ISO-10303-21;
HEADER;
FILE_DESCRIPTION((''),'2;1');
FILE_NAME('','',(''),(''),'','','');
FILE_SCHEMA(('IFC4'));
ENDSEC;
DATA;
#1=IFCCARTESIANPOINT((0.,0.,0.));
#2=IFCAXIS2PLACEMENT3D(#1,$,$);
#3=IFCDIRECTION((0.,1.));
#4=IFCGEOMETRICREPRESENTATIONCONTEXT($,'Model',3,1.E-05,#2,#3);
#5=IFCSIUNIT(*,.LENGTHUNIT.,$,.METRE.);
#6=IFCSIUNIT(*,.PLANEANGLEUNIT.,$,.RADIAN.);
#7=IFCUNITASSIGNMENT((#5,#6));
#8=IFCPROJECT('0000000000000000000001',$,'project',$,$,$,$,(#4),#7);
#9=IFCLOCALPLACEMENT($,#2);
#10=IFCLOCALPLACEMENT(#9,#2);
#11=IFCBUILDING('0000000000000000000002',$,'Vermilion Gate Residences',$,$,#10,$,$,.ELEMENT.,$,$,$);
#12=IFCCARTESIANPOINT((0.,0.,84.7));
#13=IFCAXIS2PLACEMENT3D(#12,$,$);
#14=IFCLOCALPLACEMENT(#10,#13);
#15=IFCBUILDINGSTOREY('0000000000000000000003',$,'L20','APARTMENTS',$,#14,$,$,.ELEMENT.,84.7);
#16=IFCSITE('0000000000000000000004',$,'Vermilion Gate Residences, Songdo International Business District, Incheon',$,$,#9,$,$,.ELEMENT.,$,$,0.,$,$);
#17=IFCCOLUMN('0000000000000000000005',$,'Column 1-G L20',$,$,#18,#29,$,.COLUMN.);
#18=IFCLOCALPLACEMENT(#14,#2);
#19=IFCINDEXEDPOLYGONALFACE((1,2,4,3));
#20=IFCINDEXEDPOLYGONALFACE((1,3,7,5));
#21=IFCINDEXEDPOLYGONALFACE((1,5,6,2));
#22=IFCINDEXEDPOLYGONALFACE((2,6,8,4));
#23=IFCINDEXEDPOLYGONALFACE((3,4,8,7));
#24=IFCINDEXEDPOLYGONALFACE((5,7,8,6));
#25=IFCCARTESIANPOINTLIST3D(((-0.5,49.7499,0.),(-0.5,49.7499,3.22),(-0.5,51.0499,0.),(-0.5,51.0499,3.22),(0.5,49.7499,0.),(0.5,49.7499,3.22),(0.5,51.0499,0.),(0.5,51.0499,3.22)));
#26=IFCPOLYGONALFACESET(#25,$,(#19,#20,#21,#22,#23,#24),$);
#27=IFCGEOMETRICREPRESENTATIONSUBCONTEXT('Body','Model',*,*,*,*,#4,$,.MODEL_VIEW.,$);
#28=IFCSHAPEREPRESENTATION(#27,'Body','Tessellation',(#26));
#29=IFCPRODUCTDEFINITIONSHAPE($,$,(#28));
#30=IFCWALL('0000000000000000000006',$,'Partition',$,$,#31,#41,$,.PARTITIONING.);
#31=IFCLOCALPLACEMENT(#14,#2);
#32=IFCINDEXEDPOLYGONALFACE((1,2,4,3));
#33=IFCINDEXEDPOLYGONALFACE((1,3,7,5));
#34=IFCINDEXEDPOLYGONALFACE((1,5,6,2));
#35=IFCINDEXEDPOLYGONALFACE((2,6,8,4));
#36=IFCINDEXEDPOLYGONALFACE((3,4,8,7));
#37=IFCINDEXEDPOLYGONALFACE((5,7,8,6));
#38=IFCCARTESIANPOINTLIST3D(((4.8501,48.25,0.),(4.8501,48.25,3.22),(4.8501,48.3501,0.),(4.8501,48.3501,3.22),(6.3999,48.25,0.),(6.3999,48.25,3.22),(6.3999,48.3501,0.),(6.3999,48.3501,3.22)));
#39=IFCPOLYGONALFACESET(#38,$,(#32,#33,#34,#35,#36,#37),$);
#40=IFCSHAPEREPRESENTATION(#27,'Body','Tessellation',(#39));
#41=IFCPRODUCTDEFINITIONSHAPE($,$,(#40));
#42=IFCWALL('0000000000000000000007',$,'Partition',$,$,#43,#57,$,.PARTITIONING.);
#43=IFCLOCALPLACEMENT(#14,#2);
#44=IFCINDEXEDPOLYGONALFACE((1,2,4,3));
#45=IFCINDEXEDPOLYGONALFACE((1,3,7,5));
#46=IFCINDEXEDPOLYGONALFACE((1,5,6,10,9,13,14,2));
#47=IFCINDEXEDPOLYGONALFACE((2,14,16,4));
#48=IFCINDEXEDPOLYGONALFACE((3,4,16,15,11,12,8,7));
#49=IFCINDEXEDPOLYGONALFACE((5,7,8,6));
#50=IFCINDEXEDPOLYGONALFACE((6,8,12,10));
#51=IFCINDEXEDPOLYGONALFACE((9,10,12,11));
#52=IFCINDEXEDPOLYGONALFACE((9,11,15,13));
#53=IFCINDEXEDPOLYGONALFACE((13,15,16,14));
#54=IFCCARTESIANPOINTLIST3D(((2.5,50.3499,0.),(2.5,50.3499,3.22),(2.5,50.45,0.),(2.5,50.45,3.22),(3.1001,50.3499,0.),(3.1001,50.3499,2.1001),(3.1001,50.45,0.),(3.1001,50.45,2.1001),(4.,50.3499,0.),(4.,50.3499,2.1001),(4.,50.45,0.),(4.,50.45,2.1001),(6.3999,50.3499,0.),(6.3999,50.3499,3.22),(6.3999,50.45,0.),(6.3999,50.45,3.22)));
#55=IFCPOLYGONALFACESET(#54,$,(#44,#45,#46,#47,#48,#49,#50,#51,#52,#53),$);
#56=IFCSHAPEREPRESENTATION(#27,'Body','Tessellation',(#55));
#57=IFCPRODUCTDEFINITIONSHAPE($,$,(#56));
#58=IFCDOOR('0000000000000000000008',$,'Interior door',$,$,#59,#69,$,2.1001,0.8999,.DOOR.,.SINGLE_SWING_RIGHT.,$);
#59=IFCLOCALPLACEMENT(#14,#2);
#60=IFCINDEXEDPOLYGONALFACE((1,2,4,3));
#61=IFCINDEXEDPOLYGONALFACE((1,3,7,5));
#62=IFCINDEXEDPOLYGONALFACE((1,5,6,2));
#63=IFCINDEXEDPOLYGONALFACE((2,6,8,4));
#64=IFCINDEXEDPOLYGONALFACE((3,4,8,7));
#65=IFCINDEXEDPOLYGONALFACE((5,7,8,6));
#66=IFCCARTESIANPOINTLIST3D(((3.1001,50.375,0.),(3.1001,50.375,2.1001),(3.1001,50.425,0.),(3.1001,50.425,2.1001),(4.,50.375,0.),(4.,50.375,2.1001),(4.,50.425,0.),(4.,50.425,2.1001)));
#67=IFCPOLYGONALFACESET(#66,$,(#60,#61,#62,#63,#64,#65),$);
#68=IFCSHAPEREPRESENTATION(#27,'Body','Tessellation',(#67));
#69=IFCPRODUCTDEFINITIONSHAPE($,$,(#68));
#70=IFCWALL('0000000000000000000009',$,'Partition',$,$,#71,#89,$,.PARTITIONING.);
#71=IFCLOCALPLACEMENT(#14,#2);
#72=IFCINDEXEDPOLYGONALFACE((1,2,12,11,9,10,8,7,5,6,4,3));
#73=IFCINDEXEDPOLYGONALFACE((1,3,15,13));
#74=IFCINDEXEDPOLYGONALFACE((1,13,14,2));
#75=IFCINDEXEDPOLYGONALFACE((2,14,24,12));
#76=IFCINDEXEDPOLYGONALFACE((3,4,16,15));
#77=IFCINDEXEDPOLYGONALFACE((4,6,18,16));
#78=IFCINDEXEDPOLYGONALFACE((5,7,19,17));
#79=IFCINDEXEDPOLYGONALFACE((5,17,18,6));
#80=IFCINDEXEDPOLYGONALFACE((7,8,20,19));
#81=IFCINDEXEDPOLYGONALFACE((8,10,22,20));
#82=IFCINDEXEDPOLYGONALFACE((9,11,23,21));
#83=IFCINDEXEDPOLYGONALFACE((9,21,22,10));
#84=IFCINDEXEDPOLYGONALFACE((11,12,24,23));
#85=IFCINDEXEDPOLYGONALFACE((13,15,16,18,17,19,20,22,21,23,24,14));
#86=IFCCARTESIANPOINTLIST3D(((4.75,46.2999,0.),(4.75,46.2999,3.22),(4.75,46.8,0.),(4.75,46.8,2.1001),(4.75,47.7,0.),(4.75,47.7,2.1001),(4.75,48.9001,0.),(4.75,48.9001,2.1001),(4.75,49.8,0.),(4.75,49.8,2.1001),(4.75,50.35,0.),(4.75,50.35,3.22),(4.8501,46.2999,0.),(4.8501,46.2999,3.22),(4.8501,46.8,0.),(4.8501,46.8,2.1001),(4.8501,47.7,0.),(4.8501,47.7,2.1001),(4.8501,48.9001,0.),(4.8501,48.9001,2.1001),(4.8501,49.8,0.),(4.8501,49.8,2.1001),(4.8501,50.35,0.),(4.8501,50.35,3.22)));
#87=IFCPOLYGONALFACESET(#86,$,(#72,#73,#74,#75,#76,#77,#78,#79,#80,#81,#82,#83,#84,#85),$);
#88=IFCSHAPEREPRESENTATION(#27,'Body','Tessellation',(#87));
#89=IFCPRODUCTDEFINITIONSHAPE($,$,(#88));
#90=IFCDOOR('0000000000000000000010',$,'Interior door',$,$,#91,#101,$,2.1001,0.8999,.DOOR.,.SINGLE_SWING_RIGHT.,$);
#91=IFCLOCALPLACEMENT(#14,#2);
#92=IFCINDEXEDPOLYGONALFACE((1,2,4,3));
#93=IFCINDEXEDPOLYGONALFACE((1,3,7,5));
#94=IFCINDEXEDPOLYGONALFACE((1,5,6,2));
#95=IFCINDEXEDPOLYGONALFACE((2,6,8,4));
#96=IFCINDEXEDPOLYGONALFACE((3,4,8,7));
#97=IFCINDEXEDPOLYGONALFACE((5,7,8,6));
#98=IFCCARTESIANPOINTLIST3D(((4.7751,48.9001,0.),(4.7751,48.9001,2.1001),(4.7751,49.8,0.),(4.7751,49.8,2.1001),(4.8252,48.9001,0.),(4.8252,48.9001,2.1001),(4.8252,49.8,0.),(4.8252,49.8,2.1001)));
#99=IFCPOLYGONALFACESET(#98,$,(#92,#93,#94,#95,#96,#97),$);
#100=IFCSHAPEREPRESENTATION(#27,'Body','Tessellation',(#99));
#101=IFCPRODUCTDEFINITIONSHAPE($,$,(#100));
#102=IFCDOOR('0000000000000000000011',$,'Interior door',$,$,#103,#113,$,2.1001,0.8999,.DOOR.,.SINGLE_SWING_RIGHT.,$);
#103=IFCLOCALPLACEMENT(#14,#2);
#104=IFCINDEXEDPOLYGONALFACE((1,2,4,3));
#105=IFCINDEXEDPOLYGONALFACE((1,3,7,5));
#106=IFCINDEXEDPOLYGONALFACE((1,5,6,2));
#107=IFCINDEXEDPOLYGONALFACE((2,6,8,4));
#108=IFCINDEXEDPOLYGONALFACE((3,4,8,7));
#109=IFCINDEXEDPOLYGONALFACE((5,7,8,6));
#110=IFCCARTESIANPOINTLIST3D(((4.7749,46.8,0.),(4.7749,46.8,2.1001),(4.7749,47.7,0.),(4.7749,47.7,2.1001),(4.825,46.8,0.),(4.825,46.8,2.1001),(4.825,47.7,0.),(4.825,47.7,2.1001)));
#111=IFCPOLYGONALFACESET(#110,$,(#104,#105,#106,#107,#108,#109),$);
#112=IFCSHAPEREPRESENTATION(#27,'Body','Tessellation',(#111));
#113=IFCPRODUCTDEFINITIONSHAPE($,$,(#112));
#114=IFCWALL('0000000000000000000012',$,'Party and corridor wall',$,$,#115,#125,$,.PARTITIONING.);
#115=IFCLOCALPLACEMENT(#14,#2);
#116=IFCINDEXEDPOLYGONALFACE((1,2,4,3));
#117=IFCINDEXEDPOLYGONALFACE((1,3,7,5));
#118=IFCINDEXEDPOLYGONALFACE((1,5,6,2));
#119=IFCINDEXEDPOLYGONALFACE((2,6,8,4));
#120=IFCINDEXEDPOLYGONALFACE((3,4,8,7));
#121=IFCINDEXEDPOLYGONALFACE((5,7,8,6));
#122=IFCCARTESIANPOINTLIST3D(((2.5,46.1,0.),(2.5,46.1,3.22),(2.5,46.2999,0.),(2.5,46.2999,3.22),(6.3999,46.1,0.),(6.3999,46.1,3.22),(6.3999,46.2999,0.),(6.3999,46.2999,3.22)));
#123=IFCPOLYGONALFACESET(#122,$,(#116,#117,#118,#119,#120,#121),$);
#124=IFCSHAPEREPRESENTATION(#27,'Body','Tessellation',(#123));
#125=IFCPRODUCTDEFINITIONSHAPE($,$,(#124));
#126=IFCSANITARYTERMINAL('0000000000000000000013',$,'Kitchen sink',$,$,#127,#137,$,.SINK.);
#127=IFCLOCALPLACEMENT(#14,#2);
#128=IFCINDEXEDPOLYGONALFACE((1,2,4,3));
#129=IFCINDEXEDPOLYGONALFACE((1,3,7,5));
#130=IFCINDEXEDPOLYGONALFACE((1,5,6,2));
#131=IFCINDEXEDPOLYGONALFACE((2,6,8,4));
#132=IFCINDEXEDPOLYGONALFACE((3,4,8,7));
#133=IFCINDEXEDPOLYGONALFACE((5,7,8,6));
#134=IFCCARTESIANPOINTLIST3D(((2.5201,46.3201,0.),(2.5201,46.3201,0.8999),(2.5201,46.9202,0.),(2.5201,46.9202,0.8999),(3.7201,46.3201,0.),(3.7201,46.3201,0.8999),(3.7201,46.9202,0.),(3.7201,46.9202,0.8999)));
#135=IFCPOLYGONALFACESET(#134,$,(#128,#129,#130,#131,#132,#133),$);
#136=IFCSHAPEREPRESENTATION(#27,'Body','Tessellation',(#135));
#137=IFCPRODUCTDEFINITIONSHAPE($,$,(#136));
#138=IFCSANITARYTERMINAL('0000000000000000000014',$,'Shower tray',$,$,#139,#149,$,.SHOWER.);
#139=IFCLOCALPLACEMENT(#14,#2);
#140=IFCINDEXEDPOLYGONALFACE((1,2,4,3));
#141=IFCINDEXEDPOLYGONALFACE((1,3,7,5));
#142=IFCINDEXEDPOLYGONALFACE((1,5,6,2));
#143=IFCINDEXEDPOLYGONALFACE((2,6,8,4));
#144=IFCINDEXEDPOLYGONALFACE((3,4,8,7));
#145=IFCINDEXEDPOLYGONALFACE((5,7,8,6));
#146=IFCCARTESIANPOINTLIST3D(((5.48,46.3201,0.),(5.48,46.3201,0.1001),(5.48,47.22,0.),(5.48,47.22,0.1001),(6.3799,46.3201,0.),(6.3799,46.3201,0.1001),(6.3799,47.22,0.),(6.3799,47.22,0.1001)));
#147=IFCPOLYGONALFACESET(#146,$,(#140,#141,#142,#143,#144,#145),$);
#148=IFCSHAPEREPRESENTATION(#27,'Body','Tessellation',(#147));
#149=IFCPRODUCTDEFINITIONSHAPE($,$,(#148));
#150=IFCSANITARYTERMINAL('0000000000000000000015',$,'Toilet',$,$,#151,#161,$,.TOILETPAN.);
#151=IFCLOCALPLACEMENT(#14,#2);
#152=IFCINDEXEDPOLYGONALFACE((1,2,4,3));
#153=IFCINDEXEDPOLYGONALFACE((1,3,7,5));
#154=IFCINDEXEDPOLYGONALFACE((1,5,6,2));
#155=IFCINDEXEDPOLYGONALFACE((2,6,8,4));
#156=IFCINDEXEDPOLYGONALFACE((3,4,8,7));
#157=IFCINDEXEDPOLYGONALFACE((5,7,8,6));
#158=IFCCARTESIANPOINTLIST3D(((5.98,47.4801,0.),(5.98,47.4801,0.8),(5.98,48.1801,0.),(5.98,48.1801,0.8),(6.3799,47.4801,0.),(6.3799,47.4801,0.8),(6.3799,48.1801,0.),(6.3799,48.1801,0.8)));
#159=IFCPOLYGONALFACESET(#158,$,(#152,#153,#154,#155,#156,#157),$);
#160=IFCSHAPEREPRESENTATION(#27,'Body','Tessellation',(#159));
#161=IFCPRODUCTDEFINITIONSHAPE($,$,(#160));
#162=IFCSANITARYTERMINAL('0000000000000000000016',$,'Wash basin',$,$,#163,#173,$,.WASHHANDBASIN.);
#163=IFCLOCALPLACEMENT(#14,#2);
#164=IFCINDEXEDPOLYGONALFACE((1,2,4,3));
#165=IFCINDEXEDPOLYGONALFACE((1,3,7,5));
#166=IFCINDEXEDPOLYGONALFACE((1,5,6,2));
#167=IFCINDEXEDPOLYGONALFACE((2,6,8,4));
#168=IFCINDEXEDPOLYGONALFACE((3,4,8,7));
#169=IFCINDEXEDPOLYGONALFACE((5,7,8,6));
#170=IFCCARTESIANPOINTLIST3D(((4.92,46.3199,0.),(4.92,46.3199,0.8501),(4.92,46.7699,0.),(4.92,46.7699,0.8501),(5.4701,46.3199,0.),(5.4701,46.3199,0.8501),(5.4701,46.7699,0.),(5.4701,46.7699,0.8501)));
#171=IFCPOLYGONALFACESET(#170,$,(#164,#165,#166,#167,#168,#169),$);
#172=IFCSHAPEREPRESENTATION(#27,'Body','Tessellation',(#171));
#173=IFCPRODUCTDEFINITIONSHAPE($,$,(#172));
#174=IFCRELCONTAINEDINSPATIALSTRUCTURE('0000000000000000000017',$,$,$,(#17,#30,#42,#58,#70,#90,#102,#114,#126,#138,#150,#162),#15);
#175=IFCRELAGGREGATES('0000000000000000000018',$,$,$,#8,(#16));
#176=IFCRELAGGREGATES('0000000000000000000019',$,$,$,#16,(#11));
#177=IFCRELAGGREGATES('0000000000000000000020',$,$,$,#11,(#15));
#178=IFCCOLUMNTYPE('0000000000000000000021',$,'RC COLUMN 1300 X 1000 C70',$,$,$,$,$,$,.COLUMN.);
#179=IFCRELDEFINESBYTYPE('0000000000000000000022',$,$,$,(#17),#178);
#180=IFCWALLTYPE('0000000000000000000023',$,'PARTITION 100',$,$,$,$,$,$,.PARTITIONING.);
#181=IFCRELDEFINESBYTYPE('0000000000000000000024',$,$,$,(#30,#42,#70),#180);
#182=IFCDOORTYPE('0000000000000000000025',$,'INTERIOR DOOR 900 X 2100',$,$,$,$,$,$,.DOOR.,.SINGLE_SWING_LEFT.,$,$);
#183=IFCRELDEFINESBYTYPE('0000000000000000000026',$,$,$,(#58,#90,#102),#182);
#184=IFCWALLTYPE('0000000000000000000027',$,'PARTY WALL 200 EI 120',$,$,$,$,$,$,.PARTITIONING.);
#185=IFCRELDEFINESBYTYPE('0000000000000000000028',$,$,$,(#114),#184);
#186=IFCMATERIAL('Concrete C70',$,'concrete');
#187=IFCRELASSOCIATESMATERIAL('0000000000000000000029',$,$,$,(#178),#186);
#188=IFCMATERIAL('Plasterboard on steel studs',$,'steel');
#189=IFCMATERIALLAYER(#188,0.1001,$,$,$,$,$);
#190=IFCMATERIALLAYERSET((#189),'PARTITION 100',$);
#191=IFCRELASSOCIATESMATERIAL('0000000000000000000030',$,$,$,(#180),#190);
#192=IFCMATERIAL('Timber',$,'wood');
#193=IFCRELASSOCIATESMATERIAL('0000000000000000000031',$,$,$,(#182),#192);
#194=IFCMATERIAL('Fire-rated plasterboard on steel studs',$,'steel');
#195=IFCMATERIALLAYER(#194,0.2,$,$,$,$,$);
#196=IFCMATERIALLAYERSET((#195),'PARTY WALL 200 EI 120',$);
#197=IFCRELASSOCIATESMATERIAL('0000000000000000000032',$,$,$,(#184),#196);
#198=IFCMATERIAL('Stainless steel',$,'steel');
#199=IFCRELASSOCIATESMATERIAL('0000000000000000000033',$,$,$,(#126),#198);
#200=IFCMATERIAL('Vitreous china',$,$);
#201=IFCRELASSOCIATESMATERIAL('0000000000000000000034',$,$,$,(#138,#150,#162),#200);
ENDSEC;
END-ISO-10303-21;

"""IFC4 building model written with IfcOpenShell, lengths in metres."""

from ifc_helpers import new_model, si_unit, direction, frame, frame_2d, origin, origin_2d, place, context, subcontext, project, spatial, rectangle, extrude, material, layer, layer_set, material_profile, profile_set, type_object, element, fill, save


model = new_model("IFC4")

# Units and contexts
model_context = context("Model", 3, precision=1e-05, world=origin(), true_north=direction((0.0, 1.0)))
body_context = subcontext(model_context, "Body", "Model", "MODEL_VIEW")
ifc_project = project(units=[si_unit("LENGTHUNIT", "METRE"), si_unit("PLANEANGLEUNIT", "RADIAN")], contexts=[model_context])

# Site, building, storey
site_placement = place(None, origin())
site = spatial("IfcSite", under=ifc_project, at=site_placement, Name="Vermilion Gate Residences, Songdo International Business District, Incheon", CompositionType="ELEMENT", RefElevation=0.0)
building_placement = place(site_placement, origin())
building = spatial("IfcBuilding", under=site, at=building_placement, Name="Vermilion Gate Residences", CompositionType="ELEMENT")
storey_placement = place(building_placement, frame((0.0, 0.0, 84.7)))
storey = spatial("IfcBuildingStorey", under=building, at=storey_placement, Name="L20", Description="APARTMENTS", CompositionType="ELEMENT", Elevation=84.7)

# Column
ifc_material_1 = material(Name="Concrete C70", Category="concrete")
ifc_material_profile = material_profile(ifc_material_1, rectangle(XDim=1.3, YDim=1.0, at=origin_2d()), Name="RC-1300x1000")
ifc_profile_set = profile_set([ifc_material_profile], Name="Concrete C70")
column_type = type_object("IfcColumnType", Name="RC COLUMN 1300 X 1000 C70", PredefinedType="COLUMN", material=ifc_profile_set)
column_placement = place(storey_placement, frame((0.0, 50.3999, 0.0), z_axis=(0.0, 0.0, 1.0), x_axis=(0.0, 1.0, 0.0)))
element("IfcColumn", 1, at=column_placement, inside=storey, type_object=column_type, Name="Column 1-G L20", PredefinedType="COLUMN", context=body_context, shape_type="SweptSolid", body=[
    extrude(rectangle(XDim=1.3, YDim=1.0, at=origin_2d()), origin(), (0.0, 0.0, 1.0), 3.22),
])

# Wall
ifc_material_2 = material(Name="Plasterboard on steel studs", Category="steel")
ifc_layer_1 = layer(ifc_material_2, 0.1001)
ifc_layer_set_1 = layer_set([ifc_layer_1], Name="PARTITION 100")
wall_type_1 = type_object("IfcWallType", Name="PARTITION 100", PredefinedType="PARTITIONING", material=ifc_layer_set_1)
wall_1_placement = place(storey_placement, frame((4.8501, 48.3, 0.0), z_axis=(0.0, 0.0, 1.0), x_axis=(1.0, 0.0, 0.0)))
element("IfcWall", 2, at=wall_1_placement, inside=storey, type_object=wall_type_1, Name="Partition", PredefinedType="PARTITIONING", context=body_context, shape_type="SweptSolid", body=[
    extrude(rectangle(XDim=1.5498, YDim=0.1001, at=frame_2d((0.7749, 0.0))), origin(), (0.0, 0.0, 1.0), 3.22),
])

# Wall, opening, door
wall_2_placement = place(storey_placement, frame((2.5, 50.3999, 0.0), z_axis=(0.0, 0.0, 1.0), x_axis=(1.0, 0.0, 0.0)))
wall_2 = element("IfcWall", 3, at=wall_2_placement, inside=storey, type_object=wall_type_1, Name="Partition", PredefinedType="PARTITIONING", context=body_context, shape_type="SweptSolid", body=[
    extrude(rectangle(XDim=3.8999, YDim=0.1001, at=frame_2d((1.95, 0.0))), origin(), (0.0, 0.0, 1.0), 3.22),
])
opening_1_placement = place(wall_2_placement, frame((0.6001, 0.0, 0.0)))
opening_1 = element("IfcOpeningElement", 4, at=opening_1_placement, cuts=wall_2, PredefinedType="OPENING", context=body_context, shape_type="SweptSolid", body=[
    extrude(rectangle(XDim=0.8999, YDim=2.1001, at=frame_2d((0.45, 1.05))), frame((0.0, 0.0601, 0.0), z_axis=(0.0, -1.0, 0.0), x_axis=(1.0, 0.0, 0.0)), (0.0, 0.0, 1.0), 0.1201),
])
ifc_material_3 = material(Name="Timber", Category="wood")
door_type = type_object("IfcDoorType", Name="INTERIOR DOOR 900 X 2100", OperationType="SINGLE_SWING_LEFT", PredefinedType="DOOR", material=ifc_material_3)
door_1_placement = place(opening_1_placement, frame((0.8999, 0.0, 0.0), z_axis=(0.0, 0.0, 1.0), x_axis=(-1.0, 0.0, 0.0)))
door_1 = element("IfcDoor", 5, at=door_1_placement, inside=storey, type_object=door_type, Name="Interior door", OperationType="SINGLE_SWING_RIGHT", OverallHeight=2.1001, OverallWidth=0.8999, PredefinedType="DOOR", context=body_context, shape_type="SweptSolid", body=[
    extrude(rectangle(XDim=0.8999, YDim=2.1001, at=frame_2d((0.45, 1.05))), frame((0.0, 0.0249, 0.0), z_axis=(0.0, -1.0, 0.0), x_axis=(1.0, 0.0, 0.0)), (0.0, 0.0, 1.0), 0.05),
])
fill(opening_1, door_1)

# Wall, openings, doors
wall_3_placement = place(storey_placement, frame((4.8, 46.3, 0.0), z_axis=(0.0, 0.0, 1.0), x_axis=(0.0, 1.0, 0.0)))
wall_3 = element("IfcWall", 6, at=wall_3_placement, inside=storey, type_object=wall_type_1, Name="Partition", PredefinedType="PARTITIONING", context=body_context, shape_type="SweptSolid", body=[
    extrude(rectangle(XDim=4.05, YDim=0.1001, at=frame_2d((2.0249, 0.0))), origin(), (0.0, 0.0, 1.0), 3.22),
])
opening_2_placement = place(wall_3_placement, frame((2.6001, 0.0, 0.0)))
opening_2 = element("IfcOpeningElement", 7, at=opening_2_placement, cuts=wall_3, PredefinedType="OPENING", context=body_context, shape_type="SweptSolid", body=[
    extrude(rectangle(XDim=0.8999, YDim=2.1001, at=frame_2d((0.45, 1.05))), frame((0.0, 0.0601, 0.0), z_axis=(0.0, -1.0, 0.0), x_axis=(1.0, 0.0, 0.0)), (0.0, 0.0, 1.0), 0.1201),
])
opening_3_placement = place(wall_3_placement, frame((0.5, 0.0, 0.0)))
opening_3 = element("IfcOpeningElement", 8, at=opening_3_placement, cuts=wall_3, PredefinedType="OPENING", context=body_context, shape_type="SweptSolid", body=[
    extrude(rectangle(XDim=0.8999, YDim=2.1001, at=frame_2d((0.45, 1.05))), frame((0.0, 0.0601, 0.0), z_axis=(0.0, -1.0, 0.0), x_axis=(1.0, 0.0, 0.0)), (0.0, 0.0, 1.0), 0.1201),
])
door_2_placement = place(opening_2_placement, origin())
door_2 = element("IfcDoor", 9, at=door_2_placement, inside=storey, type_object=door_type, Name="Interior door", OperationType="SINGLE_SWING_RIGHT", OverallHeight=2.1001, OverallWidth=0.8999, PredefinedType="DOOR", context=body_context, shape_type="SweptSolid", body=[
    extrude(rectangle(XDim=0.8999, YDim=2.1001, at=frame_2d((0.45, 1.05))), frame((0.0, 0.0249, 0.0), z_axis=(0.0, -1.0, 0.0), x_axis=(1.0, 0.0, 0.0)), (0.0, 0.0, 1.0), 0.05),
])
fill(opening_2, door_2)
door_3_placement = place(opening_3_placement, frame((0.8999, 0.0, 0.0), z_axis=(0.0, 0.0, 1.0), x_axis=(-1.0, 0.0, 0.0)))
door_3 = element("IfcDoor", 10, at=door_3_placement, inside=storey, type_object=door_type, Name="Interior door", OperationType="SINGLE_SWING_RIGHT", OverallHeight=2.1001, OverallWidth=0.8999, PredefinedType="DOOR", context=body_context, shape_type="SweptSolid", body=[
    extrude(rectangle(XDim=0.8999, YDim=2.1001, at=frame_2d((0.45, 1.05))), frame((0.0, 0.0249, 0.0), z_axis=(0.0, -1.0, 0.0), x_axis=(1.0, 0.0, 0.0)), (0.0, 0.0, 1.0), 0.05),
])
fill(opening_3, door_3)

# Wall
ifc_material_4 = material(Name="Fire-rated plasterboard on steel studs", Category="steel")
ifc_layer_2 = layer(ifc_material_4, 0.2)
ifc_layer_set_2 = layer_set([ifc_layer_2], Name="PARTY WALL 200 EI 120")
wall_type_2 = type_object("IfcWallType", Name="PARTY WALL 200 EI 120", PredefinedType="PARTITIONING", material=ifc_layer_set_2)
wall_4_placement = place(storey_placement, frame((2.5, 46.2, 0.0), z_axis=(0.0, 0.0, 1.0), x_axis=(1.0, 0.0, 0.0)))
element("IfcWall", 11, at=wall_4_placement, inside=storey, type_object=wall_type_2, Name="Party and corridor wall", PredefinedType="PARTITIONING", context=body_context, shape_type="SweptSolid", body=[
    extrude(rectangle(XDim=3.8999, YDim=0.2, at=frame_2d((1.95, 0.0))), origin(), (0.0, 0.0, 1.0), 3.22),
])

# Sanitary terminals
ifc_material_5 = material(Name="Stainless steel", Category="steel")
sanitary_terminal_1_placement = place(storey_placement, frame((3.1201, 46.6201, 0.0), z_axis=(0.0, 0.0, 1.0), x_axis=(1.0, 0.0, 0.0)))
element("IfcSanitaryTerminal", 12, at=sanitary_terminal_1_placement, inside=storey, material=ifc_material_5, Name="Kitchen sink", PredefinedType="SINK", context=body_context, shape_type="SweptSolid", body=[
    extrude(rectangle(XDim=1.2, YDim=0.6001, at=origin_2d()), origin(), (0.0, 0.0, 1.0), 0.8999),
])
ifc_material_6 = material(Name="Vitreous china")
sanitary_terminal_2_placement = place(storey_placement, frame((5.9299, 46.77, 0.0), z_axis=(0.0, 0.0, 1.0), x_axis=(1.0, 0.0, 0.0)))
element("IfcSanitaryTerminal", 13, at=sanitary_terminal_2_placement, inside=storey, material=ifc_material_6, Name="Shower tray", PredefinedType="SHOWER", context=body_context, shape_type="SweptSolid", body=[
    extrude(rectangle(XDim=0.8999, YDim=0.8999, at=origin_2d()), origin(), (0.0, 0.0, 1.0), 0.1001),
])
sanitary_terminal_3_placement = place(storey_placement, frame((6.1799, 47.8301, 0.0), z_axis=(0.0, 0.0, 1.0), x_axis=(1.0, 0.0, 0.0)))
element("IfcSanitaryTerminal", 14, at=sanitary_terminal_3_placement, inside=storey, material=ifc_material_6, Name="Toilet", PredefinedType="TOILETPAN", context=body_context, shape_type="SweptSolid", body=[
    extrude(rectangle(XDim=0.3999, YDim=0.7, at=origin_2d()), origin(), (0.0, 0.0, 1.0), 0.8),
])
sanitary_terminal_4_placement = place(storey_placement, frame((5.1951, 46.5449, 0.0), z_axis=(0.0, 0.0, 1.0), x_axis=(1.0, 0.0, 0.0)))
element("IfcSanitaryTerminal", 15, at=sanitary_terminal_4_placement, inside=storey, material=ifc_material_6, Name="Wash basin", PredefinedType="WASHHANDBASIN", context=body_context, shape_type="SweptSolid", body=[
    extrude(rectangle(XDim=0.55, YDim=0.45, at=origin_2d()), origin(), (0.0, 0.0, 1.0), 0.8501),
])

save(model, "model.ifc")
